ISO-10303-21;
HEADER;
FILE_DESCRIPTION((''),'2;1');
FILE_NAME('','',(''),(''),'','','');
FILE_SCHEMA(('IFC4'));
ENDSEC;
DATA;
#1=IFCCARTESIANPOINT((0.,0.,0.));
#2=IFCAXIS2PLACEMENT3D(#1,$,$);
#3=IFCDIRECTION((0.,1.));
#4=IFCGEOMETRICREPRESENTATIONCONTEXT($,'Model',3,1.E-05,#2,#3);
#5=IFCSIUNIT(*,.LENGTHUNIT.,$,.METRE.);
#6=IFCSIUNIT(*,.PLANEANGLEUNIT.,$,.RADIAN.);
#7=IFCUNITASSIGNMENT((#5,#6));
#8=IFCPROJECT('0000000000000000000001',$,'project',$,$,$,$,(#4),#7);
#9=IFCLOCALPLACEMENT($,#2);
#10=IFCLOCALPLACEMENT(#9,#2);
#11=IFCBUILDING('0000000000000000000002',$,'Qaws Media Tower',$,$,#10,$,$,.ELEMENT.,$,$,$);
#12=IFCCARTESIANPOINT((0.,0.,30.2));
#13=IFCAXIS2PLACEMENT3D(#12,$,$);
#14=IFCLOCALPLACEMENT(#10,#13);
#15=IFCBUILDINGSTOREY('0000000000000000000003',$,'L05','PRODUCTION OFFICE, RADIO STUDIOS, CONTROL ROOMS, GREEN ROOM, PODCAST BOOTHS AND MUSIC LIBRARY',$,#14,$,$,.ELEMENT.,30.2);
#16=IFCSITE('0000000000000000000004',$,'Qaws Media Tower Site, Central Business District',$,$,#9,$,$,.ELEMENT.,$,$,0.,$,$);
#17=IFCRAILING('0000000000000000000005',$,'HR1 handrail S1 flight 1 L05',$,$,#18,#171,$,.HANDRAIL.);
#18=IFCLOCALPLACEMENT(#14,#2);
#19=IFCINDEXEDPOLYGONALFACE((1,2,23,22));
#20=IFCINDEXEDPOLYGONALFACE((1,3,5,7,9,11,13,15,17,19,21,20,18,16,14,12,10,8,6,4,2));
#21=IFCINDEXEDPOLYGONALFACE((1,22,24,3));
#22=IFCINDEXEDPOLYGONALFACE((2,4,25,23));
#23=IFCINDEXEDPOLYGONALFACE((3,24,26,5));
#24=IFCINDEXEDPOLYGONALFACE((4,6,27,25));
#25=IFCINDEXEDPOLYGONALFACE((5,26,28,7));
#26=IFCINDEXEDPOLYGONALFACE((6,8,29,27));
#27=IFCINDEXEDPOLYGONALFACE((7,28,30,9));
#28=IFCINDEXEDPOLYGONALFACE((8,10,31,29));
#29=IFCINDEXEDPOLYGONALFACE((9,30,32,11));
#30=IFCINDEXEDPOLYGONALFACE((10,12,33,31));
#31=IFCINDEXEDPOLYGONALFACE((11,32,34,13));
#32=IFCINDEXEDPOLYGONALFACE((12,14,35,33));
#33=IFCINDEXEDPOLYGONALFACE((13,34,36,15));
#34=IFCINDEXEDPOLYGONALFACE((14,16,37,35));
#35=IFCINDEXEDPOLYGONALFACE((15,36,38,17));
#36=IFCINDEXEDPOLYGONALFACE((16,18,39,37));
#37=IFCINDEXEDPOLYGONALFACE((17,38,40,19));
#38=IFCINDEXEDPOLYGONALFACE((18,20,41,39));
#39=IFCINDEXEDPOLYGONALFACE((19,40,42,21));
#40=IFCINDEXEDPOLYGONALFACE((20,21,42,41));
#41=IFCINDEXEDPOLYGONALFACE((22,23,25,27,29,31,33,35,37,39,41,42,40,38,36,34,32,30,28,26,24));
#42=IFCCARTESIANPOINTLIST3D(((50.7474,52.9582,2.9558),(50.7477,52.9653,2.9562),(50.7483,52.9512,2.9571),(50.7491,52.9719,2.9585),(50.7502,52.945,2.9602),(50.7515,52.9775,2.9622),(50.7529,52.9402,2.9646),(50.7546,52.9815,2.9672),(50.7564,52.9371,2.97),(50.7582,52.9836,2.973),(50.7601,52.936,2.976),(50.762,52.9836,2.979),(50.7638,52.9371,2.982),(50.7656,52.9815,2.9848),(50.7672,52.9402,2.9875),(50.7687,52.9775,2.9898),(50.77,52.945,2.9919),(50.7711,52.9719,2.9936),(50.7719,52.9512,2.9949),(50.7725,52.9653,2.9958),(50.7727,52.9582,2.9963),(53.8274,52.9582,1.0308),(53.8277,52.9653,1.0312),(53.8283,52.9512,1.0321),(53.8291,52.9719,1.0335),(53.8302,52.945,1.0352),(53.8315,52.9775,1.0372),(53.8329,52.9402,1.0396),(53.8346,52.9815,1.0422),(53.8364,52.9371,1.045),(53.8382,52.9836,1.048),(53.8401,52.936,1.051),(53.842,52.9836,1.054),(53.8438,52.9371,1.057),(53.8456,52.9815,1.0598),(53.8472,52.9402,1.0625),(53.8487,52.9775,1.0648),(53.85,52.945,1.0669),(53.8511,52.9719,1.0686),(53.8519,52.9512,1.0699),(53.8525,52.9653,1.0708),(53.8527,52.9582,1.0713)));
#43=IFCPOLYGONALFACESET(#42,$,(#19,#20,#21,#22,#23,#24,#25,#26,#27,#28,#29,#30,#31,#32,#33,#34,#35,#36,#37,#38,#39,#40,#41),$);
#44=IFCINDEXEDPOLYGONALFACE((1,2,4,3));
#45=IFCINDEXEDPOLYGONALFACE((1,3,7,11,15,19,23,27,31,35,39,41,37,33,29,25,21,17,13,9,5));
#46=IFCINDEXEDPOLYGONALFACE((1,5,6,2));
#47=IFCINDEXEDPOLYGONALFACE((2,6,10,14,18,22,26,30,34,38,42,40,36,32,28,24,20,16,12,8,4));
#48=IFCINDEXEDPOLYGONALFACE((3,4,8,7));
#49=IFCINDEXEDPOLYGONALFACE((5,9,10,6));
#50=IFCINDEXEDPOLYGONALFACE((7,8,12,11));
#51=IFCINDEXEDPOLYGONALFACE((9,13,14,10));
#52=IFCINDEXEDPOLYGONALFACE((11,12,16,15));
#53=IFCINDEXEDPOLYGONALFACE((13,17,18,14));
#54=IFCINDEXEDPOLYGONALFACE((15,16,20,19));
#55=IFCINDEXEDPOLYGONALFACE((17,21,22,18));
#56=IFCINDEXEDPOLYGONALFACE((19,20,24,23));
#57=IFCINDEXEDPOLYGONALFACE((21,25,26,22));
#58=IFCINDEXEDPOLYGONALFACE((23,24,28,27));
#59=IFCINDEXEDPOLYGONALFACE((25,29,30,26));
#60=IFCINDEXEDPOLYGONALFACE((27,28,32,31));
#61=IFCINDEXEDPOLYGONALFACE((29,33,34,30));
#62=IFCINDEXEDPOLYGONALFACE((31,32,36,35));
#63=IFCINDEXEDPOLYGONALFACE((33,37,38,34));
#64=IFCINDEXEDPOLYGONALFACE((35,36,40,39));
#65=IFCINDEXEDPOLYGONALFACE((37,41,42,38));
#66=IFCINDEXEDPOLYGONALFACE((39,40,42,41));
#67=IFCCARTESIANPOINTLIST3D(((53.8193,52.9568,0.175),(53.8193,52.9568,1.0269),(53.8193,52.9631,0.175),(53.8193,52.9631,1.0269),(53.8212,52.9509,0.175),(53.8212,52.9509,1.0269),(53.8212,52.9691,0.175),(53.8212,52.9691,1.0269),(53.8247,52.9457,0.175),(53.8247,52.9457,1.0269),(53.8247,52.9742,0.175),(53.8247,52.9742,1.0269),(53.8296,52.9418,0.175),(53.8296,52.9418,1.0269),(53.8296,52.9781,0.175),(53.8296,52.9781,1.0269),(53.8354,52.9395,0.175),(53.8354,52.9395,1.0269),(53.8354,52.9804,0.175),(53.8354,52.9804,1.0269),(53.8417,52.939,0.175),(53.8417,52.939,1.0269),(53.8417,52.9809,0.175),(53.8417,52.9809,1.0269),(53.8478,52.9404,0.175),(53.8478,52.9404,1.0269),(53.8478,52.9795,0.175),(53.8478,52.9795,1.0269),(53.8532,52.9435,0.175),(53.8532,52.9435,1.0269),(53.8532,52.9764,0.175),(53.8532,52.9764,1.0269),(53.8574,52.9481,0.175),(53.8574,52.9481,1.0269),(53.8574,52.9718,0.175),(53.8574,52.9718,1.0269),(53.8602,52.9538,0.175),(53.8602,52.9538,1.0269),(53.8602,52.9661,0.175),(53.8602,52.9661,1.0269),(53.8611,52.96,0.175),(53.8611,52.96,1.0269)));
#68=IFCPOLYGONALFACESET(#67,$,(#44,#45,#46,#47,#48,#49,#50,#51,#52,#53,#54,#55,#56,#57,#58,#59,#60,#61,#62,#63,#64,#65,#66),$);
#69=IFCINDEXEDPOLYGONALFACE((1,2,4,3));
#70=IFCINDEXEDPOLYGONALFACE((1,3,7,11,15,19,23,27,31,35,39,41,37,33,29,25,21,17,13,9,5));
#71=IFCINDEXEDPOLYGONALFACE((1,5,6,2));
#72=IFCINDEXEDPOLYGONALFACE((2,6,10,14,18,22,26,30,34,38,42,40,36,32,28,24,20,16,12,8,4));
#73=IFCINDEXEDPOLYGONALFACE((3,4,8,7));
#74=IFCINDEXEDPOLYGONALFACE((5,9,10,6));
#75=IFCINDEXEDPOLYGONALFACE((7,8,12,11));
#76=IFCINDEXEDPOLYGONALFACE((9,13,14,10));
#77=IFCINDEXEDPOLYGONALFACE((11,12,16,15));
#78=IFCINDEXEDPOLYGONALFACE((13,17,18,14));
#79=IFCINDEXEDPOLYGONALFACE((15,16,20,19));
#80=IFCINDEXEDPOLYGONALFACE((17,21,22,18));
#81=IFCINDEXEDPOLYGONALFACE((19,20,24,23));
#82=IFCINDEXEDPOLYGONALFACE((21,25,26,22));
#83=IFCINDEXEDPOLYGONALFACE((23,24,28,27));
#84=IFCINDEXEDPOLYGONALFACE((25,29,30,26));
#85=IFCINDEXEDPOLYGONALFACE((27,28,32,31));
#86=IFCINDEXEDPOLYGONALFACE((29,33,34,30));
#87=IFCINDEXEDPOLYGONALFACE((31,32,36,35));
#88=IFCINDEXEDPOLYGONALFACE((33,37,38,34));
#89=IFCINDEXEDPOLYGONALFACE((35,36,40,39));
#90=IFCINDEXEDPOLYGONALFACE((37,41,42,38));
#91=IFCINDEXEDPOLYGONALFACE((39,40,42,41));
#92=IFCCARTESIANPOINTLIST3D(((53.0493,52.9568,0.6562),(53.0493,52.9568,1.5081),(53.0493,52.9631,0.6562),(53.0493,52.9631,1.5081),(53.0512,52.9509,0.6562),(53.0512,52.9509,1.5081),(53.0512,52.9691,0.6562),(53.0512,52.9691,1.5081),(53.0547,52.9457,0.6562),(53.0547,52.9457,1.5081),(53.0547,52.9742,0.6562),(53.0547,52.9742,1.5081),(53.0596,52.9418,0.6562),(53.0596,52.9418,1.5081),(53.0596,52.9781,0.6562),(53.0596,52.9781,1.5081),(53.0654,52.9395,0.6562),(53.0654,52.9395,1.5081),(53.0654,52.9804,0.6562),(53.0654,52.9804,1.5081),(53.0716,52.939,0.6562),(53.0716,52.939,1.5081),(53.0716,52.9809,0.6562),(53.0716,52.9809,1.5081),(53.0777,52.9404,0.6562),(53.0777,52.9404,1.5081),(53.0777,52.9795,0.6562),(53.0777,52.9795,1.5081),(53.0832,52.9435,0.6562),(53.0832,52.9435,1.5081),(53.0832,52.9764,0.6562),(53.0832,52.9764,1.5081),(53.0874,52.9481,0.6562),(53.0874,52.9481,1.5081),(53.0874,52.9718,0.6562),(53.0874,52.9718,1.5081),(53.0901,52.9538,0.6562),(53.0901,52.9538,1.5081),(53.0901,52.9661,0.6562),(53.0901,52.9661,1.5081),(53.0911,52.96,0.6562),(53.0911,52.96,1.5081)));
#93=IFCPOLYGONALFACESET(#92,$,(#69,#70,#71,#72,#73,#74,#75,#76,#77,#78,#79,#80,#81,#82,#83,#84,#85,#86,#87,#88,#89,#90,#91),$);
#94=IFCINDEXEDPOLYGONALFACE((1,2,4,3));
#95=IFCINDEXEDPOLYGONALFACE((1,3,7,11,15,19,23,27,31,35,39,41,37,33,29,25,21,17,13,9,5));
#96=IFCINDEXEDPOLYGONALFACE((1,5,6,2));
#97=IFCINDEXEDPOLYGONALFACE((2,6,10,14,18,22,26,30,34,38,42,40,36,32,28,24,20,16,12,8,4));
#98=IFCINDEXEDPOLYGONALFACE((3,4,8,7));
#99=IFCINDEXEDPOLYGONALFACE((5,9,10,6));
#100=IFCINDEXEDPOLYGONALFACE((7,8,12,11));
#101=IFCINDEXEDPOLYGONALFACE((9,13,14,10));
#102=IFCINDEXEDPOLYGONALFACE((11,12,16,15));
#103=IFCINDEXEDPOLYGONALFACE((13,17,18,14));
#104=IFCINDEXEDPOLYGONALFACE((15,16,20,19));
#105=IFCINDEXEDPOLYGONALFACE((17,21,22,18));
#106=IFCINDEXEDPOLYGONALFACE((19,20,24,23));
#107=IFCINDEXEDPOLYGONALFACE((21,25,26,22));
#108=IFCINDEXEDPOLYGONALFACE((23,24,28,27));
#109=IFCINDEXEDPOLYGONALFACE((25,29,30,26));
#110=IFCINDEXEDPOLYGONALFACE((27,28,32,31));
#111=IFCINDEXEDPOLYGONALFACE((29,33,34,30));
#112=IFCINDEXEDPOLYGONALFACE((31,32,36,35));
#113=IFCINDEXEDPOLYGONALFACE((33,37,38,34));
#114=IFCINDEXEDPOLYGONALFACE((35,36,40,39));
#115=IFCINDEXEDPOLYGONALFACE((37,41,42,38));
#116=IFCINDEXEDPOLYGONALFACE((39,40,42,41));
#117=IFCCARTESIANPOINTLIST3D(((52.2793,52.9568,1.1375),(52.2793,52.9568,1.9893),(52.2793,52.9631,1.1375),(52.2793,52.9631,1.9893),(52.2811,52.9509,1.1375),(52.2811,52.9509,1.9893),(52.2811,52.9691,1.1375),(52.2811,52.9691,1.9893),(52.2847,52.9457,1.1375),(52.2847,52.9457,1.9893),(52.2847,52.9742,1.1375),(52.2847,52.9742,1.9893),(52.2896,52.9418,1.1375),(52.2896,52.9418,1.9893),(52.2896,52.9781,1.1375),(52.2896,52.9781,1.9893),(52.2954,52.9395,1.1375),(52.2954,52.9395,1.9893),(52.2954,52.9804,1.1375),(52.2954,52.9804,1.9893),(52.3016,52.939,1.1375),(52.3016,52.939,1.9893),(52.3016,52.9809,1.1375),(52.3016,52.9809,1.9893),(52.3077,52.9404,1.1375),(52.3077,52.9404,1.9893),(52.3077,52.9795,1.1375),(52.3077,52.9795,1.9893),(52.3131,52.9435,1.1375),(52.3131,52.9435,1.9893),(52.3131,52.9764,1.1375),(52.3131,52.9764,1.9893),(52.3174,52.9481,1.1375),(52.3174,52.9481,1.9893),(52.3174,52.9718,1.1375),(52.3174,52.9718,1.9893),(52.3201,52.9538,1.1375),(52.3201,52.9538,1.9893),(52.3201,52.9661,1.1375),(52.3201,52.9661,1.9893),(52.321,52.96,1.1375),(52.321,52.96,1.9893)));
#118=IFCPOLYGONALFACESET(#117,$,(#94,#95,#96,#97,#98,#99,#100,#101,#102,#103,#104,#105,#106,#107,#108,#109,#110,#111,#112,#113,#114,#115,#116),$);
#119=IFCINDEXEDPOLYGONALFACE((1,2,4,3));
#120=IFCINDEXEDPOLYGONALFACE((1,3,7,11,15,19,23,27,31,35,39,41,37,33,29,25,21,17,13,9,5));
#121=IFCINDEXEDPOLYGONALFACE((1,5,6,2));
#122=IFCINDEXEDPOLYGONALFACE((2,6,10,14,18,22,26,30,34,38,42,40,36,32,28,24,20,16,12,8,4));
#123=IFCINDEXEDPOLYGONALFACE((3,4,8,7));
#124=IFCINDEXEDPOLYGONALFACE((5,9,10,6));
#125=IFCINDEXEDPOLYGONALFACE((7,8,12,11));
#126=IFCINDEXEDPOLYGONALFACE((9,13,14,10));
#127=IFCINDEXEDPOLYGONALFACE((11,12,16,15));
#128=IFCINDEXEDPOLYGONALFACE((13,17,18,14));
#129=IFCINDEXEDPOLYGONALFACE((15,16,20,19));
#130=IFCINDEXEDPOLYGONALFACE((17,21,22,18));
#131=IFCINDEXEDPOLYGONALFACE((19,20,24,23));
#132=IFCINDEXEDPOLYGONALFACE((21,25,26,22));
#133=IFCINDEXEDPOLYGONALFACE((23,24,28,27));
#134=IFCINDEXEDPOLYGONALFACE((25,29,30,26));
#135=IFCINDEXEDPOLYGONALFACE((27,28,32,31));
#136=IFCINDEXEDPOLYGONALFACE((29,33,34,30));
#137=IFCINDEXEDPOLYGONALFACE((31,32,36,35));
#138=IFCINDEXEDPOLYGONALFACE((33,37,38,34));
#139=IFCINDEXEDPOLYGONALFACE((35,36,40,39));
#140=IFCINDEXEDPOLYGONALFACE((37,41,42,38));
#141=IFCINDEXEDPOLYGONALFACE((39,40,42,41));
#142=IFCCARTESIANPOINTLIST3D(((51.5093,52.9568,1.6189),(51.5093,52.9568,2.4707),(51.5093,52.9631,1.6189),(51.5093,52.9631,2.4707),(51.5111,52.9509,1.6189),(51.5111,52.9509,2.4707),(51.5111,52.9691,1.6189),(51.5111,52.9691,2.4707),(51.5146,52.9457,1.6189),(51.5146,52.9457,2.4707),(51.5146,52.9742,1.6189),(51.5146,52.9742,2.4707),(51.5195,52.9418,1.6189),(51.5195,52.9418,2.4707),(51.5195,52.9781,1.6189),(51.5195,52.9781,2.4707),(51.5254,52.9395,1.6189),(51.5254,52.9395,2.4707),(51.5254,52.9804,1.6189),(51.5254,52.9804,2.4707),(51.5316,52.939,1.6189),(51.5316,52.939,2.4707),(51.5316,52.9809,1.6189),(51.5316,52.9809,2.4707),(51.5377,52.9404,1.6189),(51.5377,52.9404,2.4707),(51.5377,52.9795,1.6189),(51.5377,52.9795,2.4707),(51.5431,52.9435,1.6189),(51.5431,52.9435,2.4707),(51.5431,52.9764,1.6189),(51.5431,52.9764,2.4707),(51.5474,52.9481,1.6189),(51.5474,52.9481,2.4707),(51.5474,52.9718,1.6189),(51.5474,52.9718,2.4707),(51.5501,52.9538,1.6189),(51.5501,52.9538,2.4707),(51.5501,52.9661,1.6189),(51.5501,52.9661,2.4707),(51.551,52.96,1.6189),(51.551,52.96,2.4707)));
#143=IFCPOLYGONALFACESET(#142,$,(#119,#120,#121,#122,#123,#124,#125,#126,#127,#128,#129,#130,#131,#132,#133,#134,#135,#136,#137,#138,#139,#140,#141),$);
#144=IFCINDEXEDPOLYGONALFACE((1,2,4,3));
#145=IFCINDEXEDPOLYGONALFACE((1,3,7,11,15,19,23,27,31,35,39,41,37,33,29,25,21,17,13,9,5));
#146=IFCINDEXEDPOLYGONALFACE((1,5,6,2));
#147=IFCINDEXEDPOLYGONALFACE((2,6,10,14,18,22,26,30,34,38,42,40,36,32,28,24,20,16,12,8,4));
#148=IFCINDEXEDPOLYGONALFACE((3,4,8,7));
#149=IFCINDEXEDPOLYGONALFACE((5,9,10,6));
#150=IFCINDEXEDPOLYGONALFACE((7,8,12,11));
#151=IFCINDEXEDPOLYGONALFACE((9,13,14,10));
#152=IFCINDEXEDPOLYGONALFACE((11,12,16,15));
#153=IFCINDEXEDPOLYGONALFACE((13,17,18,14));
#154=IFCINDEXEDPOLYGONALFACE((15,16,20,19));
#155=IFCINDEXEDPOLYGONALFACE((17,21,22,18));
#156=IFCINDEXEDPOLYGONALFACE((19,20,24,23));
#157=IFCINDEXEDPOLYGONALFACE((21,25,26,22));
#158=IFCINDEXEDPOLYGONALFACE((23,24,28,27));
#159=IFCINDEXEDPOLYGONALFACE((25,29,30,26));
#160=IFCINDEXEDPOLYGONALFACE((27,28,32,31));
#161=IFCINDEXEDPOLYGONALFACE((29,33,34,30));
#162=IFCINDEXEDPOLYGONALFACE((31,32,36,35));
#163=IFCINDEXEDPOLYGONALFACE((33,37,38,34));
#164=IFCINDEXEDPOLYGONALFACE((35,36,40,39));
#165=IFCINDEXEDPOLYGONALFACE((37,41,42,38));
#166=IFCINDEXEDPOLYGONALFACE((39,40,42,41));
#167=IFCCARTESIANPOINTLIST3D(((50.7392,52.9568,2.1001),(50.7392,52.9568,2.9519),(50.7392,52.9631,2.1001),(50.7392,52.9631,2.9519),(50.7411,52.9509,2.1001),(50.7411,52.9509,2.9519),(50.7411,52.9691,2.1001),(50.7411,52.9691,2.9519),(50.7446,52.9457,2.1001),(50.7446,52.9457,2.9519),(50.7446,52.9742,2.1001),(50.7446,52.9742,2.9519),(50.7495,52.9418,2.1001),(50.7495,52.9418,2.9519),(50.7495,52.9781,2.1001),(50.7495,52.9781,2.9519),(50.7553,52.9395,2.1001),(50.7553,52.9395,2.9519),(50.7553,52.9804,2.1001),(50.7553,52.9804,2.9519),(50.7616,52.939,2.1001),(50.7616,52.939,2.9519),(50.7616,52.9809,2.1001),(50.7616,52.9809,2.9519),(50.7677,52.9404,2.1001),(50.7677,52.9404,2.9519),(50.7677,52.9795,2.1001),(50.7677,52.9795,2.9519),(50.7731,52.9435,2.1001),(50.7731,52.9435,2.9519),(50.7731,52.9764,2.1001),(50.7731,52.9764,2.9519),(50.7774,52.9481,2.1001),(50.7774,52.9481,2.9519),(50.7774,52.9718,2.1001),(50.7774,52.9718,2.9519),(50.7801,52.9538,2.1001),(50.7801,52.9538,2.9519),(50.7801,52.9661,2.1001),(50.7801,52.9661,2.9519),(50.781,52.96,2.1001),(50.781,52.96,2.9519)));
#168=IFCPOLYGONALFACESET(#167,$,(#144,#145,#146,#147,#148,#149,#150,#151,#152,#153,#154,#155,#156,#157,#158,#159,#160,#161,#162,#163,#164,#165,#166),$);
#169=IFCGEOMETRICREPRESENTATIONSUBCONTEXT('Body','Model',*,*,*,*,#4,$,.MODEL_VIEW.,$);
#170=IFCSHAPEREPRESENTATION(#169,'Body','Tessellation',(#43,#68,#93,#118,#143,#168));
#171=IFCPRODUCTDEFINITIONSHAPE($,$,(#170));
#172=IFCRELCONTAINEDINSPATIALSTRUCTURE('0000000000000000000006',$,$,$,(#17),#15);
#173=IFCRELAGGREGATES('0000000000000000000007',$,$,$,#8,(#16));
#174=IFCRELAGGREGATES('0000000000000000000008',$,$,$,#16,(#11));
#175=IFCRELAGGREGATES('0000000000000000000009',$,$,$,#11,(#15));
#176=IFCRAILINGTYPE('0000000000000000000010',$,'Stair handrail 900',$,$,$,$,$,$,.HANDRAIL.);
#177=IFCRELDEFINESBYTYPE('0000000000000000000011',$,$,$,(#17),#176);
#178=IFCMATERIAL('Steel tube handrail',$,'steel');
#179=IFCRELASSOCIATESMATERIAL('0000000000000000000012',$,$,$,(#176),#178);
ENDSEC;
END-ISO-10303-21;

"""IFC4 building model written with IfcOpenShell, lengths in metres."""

from ifc_helpers import new_model, si_unit, direction, frame, origin, origin_2d, place, context, subcontext, project, spatial, circle, extrude, material, type_object, element, save


model = new_model("IFC4")

# Units and contexts
model_context = context("Model", 3, precision=1e-05, world=origin(), true_north=direction((0.0, 1.0)))
body_context = subcontext(model_context, "Body", "Model", "MODEL_VIEW")
ifc_project = project(units=[si_unit("LENGTHUNIT", "METRE"), si_unit("PLANEANGLEUNIT", "RADIAN")], contexts=[model_context])

# Site, building, storey
site_placement = place(None, origin())
site = spatial("IfcSite", under=ifc_project, at=site_placement, Name="Qaws Media Tower Site, Central Business District", CompositionType="ELEMENT", RefElevation=0.0)
building_placement = place(site_placement, origin())
building = spatial("IfcBuilding", under=site, at=building_placement, Name="Qaws Media Tower", CompositionType="ELEMENT")
storey_placement = place(building_placement, frame((0.0, 0.0, 30.2)))
storey = spatial("IfcBuildingStorey", under=building, at=storey_placement, Name="L05", Description="PRODUCTION OFFICE, RADIO STUDIOS, CONTROL ROOMS, GREEN ROOM, PODCAST BOOTHS AND MUSIC LIBRARY", CompositionType="ELEMENT", Elevation=30.2)

# Railing
ifc_material_1 = material(Name="Steel tube handrail", Category="steel")
railing_type = type_object("IfcRailingType", Name="Stair handrail 900", PredefinedType="HANDRAIL", material=ifc_material_1)
for number, where, name in (
    (1, (53.8401, 52.96, 0.175), "HR1 handrail S1 flight 1 L05"),
):
    element("IfcRailing", number, at=place(storey_placement, frame(where)), inside=storey, type_object=railing_type, Name=name, PredefinedType="HANDRAIL", context=body_context, shape_type="SweptSolid", body=[
        extrude(circle(Radius=0.0239, at=origin_2d()), frame((0.0, 0.0, 0.876), z_axis=(-0.847998, 0.0, 0.529999), x_axis=(0.0, -1.0, 0.0)), (0.0, 0.0, 1.0), 3.6321),
        extrude(circle(Radius=0.021, at=origin_2d()), origin(), (0.0, 0.0, 1.0), 0.8518),
        extrude(circle(Radius=0.021, at=origin_2d()), frame((-0.77, 0.0, 0.4812)), (0.0, 0.0, 1.0), 0.8518),
        extrude(circle(Radius=0.021, at=origin_2d()), frame((-1.54, 0.0, 0.9624)), (0.0, 0.0, 1.0), 0.8518),
        extrude(circle(Radius=0.021, at=origin_2d()), frame((-2.3101, 0.0, 1.4438)), (0.0, 0.0, 1.0), 0.8518),
        extrude(circle(Radius=0.021, at=origin_2d()), frame((-3.0801, 0.0, 1.925)), (0.0, 0.0, 1.0), 0.8518),
    ])

save(model, "model.ifc")
